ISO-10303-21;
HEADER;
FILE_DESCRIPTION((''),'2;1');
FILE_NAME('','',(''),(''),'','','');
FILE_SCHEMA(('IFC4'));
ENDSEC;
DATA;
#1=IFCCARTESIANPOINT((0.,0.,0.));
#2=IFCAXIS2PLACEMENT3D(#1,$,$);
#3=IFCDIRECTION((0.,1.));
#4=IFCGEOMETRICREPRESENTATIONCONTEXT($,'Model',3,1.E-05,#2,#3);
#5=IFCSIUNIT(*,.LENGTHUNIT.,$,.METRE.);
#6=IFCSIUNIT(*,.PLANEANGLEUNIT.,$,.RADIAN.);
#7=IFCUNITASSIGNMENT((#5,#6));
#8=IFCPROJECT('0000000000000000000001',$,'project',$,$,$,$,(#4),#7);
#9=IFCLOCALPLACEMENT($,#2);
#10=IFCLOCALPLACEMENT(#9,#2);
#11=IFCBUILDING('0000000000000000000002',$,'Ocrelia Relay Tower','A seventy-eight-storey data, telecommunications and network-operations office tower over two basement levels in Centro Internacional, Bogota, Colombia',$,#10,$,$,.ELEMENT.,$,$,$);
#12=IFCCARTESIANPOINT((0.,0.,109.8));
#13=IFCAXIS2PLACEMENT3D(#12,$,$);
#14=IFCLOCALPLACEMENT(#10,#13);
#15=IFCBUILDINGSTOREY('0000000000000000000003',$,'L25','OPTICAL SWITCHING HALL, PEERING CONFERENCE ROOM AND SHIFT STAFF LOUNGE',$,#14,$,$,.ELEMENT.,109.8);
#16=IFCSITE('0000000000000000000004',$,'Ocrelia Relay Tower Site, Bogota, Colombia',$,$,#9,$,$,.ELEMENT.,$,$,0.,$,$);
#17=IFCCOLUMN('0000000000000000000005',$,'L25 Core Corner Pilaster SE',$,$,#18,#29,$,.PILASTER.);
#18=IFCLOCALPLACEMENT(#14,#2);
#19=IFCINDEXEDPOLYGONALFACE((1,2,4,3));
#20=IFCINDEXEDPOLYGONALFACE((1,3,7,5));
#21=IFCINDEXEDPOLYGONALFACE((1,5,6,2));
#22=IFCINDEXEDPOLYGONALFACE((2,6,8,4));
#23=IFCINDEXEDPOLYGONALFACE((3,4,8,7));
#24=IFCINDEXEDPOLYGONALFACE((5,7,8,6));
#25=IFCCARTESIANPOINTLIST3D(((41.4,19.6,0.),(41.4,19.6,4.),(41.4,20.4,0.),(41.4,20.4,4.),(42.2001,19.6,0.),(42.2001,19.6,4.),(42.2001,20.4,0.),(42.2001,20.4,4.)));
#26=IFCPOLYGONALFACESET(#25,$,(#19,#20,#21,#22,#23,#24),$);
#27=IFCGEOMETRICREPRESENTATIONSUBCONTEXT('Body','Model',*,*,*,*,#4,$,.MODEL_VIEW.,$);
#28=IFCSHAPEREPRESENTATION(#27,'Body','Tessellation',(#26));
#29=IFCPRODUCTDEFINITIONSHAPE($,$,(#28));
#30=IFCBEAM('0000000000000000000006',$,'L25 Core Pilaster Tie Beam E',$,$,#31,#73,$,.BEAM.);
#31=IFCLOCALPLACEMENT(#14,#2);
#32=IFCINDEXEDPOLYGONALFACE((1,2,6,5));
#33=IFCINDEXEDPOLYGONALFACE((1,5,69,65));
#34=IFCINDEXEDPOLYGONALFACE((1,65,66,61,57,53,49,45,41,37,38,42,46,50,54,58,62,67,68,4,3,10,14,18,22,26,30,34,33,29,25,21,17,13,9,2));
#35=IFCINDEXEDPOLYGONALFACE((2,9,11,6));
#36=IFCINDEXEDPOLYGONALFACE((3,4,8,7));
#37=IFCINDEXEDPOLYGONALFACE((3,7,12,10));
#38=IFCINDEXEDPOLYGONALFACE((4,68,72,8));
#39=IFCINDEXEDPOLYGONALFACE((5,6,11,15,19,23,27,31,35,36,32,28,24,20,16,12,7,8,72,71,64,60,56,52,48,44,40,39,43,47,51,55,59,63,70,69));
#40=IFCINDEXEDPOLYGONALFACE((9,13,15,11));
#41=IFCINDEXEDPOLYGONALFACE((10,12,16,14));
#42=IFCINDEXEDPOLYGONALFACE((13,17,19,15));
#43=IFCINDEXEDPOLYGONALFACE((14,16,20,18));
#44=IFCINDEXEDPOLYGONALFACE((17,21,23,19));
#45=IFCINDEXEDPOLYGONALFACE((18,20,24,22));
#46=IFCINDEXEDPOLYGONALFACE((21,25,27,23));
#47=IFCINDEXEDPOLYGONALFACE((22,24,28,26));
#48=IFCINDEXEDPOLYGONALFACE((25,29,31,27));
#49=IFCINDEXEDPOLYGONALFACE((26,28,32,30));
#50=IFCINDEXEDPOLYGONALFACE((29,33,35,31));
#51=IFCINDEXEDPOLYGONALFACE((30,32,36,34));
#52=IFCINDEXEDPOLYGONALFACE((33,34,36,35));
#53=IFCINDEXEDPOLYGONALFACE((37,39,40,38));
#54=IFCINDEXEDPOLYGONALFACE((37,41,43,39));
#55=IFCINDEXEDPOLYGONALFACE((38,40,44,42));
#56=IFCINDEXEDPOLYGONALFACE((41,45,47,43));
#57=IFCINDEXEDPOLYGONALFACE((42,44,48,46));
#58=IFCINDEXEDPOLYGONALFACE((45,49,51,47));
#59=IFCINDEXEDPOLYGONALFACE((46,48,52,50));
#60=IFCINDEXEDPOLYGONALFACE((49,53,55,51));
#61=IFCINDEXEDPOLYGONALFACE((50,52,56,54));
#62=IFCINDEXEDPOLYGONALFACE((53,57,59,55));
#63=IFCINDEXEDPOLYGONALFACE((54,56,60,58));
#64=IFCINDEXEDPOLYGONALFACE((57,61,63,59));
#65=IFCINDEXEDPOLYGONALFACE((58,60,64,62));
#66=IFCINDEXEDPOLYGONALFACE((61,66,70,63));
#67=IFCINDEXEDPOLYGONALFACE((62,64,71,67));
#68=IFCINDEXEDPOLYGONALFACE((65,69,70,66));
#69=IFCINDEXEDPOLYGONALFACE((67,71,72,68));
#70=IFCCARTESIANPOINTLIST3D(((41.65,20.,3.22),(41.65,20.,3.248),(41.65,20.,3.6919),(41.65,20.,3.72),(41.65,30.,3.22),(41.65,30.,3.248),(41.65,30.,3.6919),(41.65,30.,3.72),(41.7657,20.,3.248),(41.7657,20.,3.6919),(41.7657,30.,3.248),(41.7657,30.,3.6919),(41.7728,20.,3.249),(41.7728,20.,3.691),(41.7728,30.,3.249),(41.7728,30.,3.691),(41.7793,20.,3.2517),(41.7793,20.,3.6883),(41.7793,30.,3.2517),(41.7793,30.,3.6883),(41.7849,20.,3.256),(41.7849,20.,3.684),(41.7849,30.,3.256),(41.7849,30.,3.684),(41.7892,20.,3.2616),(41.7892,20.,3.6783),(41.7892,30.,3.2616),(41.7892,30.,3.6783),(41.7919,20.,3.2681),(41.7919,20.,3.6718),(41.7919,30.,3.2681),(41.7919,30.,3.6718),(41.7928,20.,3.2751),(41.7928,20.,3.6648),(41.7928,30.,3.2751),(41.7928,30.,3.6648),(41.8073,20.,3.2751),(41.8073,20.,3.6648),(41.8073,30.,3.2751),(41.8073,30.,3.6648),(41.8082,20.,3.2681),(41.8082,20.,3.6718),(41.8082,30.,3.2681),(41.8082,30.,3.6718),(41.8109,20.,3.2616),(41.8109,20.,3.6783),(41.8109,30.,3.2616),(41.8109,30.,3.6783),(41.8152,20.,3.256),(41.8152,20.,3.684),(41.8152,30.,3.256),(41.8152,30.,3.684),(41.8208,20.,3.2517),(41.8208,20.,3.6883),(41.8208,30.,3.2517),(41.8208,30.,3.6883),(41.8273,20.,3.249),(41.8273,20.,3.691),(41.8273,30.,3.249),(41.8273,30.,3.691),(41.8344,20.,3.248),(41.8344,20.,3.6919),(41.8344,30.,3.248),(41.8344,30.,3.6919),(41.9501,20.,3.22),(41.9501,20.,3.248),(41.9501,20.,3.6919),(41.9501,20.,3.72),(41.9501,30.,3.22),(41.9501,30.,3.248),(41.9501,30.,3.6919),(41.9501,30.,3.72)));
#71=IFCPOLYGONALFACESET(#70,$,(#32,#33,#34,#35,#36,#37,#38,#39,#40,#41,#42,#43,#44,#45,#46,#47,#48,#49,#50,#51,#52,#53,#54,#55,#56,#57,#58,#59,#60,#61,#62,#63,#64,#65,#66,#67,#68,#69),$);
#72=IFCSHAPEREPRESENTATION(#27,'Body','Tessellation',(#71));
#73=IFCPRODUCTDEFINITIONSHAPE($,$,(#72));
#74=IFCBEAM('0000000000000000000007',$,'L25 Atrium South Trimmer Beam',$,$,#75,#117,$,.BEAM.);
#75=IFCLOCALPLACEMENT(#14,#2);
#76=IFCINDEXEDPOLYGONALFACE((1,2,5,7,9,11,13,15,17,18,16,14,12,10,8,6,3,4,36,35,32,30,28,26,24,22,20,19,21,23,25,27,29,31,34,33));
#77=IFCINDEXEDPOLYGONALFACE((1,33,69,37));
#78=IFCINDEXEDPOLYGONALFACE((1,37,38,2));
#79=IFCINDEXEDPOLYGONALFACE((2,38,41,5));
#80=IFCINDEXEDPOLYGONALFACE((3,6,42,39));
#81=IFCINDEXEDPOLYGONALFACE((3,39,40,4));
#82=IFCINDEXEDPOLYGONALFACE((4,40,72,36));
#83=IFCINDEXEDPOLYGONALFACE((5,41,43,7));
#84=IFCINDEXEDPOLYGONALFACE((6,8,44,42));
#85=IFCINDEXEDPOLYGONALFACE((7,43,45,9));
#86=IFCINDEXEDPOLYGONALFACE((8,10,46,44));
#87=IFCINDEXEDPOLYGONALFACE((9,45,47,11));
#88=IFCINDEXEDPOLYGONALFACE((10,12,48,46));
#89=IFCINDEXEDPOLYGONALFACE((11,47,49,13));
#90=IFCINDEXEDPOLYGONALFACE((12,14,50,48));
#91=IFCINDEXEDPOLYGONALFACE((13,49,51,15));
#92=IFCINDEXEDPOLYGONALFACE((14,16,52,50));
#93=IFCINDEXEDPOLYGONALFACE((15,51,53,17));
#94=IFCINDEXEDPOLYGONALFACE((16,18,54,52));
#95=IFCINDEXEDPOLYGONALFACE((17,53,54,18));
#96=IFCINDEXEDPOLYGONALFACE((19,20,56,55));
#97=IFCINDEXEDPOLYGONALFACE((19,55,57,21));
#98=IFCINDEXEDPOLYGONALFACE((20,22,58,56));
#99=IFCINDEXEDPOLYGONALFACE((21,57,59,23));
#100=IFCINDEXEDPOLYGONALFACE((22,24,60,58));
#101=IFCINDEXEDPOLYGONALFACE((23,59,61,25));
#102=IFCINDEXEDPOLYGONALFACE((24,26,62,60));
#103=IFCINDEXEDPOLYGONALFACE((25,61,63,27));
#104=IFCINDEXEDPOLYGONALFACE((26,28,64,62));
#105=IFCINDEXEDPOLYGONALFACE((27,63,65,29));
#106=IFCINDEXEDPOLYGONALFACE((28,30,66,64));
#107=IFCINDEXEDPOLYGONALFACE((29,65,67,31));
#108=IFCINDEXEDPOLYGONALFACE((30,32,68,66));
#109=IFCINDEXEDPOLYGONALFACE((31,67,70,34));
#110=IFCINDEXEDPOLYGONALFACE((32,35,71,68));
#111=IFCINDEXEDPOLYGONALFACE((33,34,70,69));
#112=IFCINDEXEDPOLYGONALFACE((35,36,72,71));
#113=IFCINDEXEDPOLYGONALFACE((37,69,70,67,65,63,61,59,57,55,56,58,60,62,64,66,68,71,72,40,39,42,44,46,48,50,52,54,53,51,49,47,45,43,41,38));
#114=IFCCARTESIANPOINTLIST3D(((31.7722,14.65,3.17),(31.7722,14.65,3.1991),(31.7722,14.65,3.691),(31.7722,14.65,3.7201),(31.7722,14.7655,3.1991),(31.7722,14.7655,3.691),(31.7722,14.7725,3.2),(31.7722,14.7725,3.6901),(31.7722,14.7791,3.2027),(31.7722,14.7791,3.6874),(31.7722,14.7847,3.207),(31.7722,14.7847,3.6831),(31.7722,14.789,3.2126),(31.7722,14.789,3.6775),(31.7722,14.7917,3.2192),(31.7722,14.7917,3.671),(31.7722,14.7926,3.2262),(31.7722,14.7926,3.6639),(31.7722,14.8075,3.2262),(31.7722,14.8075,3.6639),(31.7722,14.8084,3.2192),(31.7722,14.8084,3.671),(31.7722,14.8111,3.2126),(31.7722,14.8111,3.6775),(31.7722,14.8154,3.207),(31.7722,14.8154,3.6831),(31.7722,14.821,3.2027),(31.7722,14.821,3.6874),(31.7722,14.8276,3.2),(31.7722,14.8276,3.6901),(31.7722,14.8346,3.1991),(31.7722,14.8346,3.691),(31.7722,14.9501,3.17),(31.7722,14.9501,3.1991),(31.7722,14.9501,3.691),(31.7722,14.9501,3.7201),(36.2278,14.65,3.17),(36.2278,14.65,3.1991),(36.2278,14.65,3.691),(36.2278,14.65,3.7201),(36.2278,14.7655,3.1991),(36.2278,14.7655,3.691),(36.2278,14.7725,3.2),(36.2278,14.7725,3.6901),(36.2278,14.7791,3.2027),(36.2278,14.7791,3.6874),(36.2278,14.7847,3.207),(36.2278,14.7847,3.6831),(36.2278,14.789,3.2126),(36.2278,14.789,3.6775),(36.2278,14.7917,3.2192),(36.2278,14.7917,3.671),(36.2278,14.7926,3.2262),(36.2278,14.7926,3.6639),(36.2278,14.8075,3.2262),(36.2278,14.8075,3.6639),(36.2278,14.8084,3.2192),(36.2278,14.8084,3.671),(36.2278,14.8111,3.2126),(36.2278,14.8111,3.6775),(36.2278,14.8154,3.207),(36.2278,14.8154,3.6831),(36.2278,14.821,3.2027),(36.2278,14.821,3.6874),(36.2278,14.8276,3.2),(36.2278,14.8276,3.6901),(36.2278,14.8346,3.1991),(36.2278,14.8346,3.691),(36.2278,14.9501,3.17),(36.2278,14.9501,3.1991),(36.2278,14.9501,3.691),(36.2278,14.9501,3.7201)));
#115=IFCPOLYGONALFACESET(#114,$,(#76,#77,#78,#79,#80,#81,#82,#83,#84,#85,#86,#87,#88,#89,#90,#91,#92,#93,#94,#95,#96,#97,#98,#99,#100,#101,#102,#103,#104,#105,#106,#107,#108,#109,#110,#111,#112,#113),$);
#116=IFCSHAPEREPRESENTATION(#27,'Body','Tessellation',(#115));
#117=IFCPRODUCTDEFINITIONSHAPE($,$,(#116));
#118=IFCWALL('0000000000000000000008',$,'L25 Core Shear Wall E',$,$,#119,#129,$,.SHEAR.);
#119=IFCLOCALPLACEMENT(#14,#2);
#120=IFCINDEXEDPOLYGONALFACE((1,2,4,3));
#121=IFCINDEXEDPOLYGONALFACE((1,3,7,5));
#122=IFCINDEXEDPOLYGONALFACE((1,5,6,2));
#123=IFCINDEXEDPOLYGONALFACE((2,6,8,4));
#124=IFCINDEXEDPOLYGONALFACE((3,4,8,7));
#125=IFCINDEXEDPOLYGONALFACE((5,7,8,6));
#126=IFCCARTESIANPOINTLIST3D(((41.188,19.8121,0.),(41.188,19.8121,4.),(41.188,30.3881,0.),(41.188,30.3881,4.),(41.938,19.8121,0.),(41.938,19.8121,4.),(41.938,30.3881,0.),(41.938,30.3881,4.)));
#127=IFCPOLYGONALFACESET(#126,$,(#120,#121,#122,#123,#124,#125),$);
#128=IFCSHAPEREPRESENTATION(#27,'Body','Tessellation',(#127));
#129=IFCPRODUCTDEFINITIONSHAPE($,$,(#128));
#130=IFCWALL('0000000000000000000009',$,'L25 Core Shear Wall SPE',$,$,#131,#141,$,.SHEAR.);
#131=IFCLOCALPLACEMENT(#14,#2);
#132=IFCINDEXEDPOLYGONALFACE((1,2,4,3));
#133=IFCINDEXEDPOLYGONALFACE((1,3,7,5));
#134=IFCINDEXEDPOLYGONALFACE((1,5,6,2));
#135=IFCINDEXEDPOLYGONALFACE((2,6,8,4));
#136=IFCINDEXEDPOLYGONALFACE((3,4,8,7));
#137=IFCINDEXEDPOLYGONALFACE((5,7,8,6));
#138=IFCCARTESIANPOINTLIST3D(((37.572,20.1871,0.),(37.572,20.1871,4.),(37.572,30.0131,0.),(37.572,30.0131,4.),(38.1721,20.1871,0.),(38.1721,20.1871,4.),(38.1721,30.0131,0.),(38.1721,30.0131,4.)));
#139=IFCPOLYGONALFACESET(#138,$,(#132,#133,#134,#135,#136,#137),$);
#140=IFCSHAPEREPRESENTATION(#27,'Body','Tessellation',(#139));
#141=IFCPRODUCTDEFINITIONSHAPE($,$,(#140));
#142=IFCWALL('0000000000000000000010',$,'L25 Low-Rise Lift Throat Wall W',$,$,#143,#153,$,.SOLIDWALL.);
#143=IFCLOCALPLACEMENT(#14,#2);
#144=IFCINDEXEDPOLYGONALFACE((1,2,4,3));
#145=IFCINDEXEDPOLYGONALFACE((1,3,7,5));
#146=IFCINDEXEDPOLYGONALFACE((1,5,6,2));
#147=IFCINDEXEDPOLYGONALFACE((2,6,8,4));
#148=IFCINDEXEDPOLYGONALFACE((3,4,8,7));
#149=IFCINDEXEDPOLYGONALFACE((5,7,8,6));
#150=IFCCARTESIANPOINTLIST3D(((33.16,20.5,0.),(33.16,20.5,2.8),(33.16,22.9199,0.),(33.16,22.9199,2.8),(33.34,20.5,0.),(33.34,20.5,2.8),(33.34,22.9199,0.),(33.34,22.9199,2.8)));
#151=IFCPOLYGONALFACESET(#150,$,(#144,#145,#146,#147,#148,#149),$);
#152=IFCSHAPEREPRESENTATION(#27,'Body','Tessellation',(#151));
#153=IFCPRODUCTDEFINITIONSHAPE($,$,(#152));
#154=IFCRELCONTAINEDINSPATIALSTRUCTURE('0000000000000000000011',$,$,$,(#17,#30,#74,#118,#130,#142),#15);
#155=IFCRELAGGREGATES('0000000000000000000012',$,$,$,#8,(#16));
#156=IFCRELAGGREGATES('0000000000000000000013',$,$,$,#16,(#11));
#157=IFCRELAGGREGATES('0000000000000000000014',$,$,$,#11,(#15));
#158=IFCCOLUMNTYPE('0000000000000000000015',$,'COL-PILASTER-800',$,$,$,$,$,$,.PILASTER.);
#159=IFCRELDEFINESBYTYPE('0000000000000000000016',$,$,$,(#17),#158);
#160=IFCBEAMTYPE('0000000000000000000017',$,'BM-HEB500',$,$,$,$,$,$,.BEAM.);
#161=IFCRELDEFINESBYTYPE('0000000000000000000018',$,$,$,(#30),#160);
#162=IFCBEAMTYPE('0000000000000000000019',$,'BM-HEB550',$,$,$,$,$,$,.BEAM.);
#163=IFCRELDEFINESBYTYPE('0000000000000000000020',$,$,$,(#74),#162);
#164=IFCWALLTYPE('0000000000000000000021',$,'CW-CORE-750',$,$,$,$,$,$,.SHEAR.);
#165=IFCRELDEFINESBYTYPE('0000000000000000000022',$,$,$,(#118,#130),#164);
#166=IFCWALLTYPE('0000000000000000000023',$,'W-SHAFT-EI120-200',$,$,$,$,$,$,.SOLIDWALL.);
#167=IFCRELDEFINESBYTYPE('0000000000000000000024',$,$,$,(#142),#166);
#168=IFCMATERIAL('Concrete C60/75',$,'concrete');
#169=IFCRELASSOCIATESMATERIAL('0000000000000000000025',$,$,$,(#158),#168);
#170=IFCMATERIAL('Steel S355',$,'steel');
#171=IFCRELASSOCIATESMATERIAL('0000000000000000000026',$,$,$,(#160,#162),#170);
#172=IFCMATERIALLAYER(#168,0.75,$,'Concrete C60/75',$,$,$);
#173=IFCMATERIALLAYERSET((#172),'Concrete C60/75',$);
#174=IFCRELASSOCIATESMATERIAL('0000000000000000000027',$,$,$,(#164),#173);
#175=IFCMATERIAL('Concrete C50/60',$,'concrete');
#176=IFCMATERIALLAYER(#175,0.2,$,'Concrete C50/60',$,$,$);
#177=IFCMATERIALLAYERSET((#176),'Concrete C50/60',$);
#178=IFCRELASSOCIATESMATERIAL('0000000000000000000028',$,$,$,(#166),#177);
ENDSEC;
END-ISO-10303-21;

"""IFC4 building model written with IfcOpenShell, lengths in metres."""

from ifc_helpers import new_model, si_unit, direction, frame, frame_2d, origin, origin_2d, place, context, subcontext, project, spatial, rectangle, i_section, extrude, material, layer, layer_set, material_profile, profile_set, type_object, element, save


model = new_model("IFC4")

# Units and contexts
model_context = context("Model", 3, precision=1e-05, world=origin(), true_north=direction((0.0, 1.0)))
body_context = subcontext(model_context, "Body", "Model", "MODEL_VIEW")
ifc_project = project(units=[si_unit("LENGTHUNIT", "METRE"), si_unit("PLANEANGLEUNIT", "RADIAN")], contexts=[model_context])

# Site, building, storey
site_placement = place(None, origin())
site = spatial("IfcSite", under=ifc_project, at=site_placement, Name="Ocrelia Relay Tower Site, Bogota, Colombia", CompositionType="ELEMENT", RefElevation=0.0)
building_placement = place(site_placement, origin())
building = spatial("IfcBuilding", under=site, at=building_placement, Name="Ocrelia Relay Tower", Description="A seventy-eight-storey data, telecommunications and network-operations office tower over two basement levels in Centro Internacional, Bogota, Colombia", CompositionType="ELEMENT")
storey_placement = place(building_placement, frame((0.0, 0.0, 109.8)))
storey = spatial("IfcBuildingStorey", under=building, at=storey_placement, Name="L25", Description="OPTICAL SWITCHING HALL, PEERING CONFERENCE ROOM AND SHIFT STAFF LOUNGE", CompositionType="ELEMENT", Elevation=109.8)

# Column
ifc_material_1 = material(Name="Concrete C60/75", Category="concrete")
ifc_material_profile_1 = material_profile(ifc_material_1, rectangle(XDim=0.8, YDim=0.8, at=origin_2d()), Name="RC-COL-800x800")
ifc_profile_set_1 = profile_set([ifc_material_profile_1], Name="Concrete C60/75")
column_type = type_object("IfcColumnType", Name="COL-PILASTER-800", PredefinedType="PILASTER", material=ifc_profile_set_1)
column_placement = place(storey_placement, frame((41.8, 20.0, 0.0), z_axis=(0.0, 0.0, 1.0), x_axis=(1.0, 0.0, 0.0)))
element("IfcColumn", 1, at=column_placement, inside=storey, type_object=column_type, Name="L25 Core Corner Pilaster SE", PredefinedType="PILASTER", context=body_context, shape_type="SweptSolid", body=[
    extrude(rectangle(XDim=0.8, YDim=0.8, at=origin_2d()), origin(), (0.0, 0.0, 1.0), 4.0),
])

# Beams
ifc_material_2 = material(Name="Steel S355", Category="steel")
ifc_material_profile_2 = material_profile(ifc_material_2, i_section(OverallWidth=0.3, OverallDepth=0.5, WebThickness=0.0144, FlangeThickness=0.0281, FilletRadius=0.0271, at=origin_2d()), Name="HEB 500")
ifc_profile_set_2 = profile_set([ifc_material_profile_2], Name="Steel S355")
beam_type_1 = type_object("IfcBeamType", Name="BM-HEB500", PredefinedType="BEAM", material=ifc_profile_set_2)
beam_1_placement = place(storey_placement, frame((41.8, 20.0, 3.47), z_axis=(0.0, 1.0, 0.0), x_axis=(-1.0, 0.0, 0.0)))
element("IfcBeam", 2, at=beam_1_placement, inside=storey, type_object=beam_type_1, Name="L25 Core Pilaster Tie Beam E", PredefinedType="BEAM", context=body_context, shape_type="SweptSolid", body=[
    extrude(i_section(OverallWidth=0.3, OverallDepth=0.5, WebThickness=0.0144, FlangeThickness=0.0281, FilletRadius=0.0271, at=origin_2d()), origin(), (0.0, 0.0, 1.0), 10.0),
])
ifc_material_profile_3 = material_profile(ifc_material_2, i_section(OverallWidth=0.3, OverallDepth=0.55, WebThickness=0.0149, FlangeThickness=0.0291, FilletRadius=0.0271, at=origin_2d()), Name="HEB 550")
ifc_profile_set_3 = profile_set([ifc_material_profile_3], Name="Steel S355")
beam_type_2 = type_object("IfcBeamType", Name="BM-HEB550", PredefinedType="BEAM", material=ifc_profile_set_3)
beam_2_placement = place(storey_placement, frame((31.7722, 14.8, 3.4451), z_axis=(1.0, 0.0, 0.0), x_axis=(0.0, 1.0, 0.0)))
element("IfcBeam", 3, at=beam_2_placement, inside=storey, type_object=beam_type_2, Name="L25 Atrium South Trimmer Beam", PredefinedType="BEAM", context=body_context, shape_type="SweptSolid", body=[
    extrude(i_section(OverallWidth=0.3, OverallDepth=0.55, WebThickness=0.0149, FlangeThickness=0.0291, FilletRadius=0.0271, at=origin_2d()), origin(), (0.0, 0.0, 1.0), 4.4556),
])

# Walls
ifc_layer_1 = layer(ifc_material_1, 0.75, Name="Concrete C60/75")
ifc_layer_set_1 = layer_set([ifc_layer_1], Name="Concrete C60/75")
wall_type_1 = type_object("IfcWallType", Name="CW-CORE-750", PredefinedType="SHEAR", material=ifc_layer_set_1)
wall_1_placement = place(storey_placement, frame((41.563, 19.812, 0.0), z_axis=(0.0, 0.0, 1.0), x_axis=(0.0, 1.0, 0.0)))
element("IfcWall", 4, at=wall_1_placement, inside=storey, type_object=wall_type_1, Name="L25 Core Shear Wall E", PredefinedType="SHEAR", context=body_context, shape_type="SweptSolid", body=[
    extrude(rectangle(XDim=10.5759, YDim=0.75, at=frame_2d((5.2881, 0.0))), origin(), (0.0, 0.0, 1.0), 4.0),
])
wall_2_placement = place(storey_placement, frame((37.8721, 20.187, 0.0), z_axis=(0.0, 0.0, 1.0), x_axis=(0.0, 1.0, 0.0)))
element("IfcWall", 5, at=wall_2_placement, inside=storey, type_object=wall_type_1, Name="L25 Core Shear Wall SPE", PredefinedType="SHEAR", context=body_context, shape_type="SweptSolid", body=[
    extrude(rectangle(XDim=9.8259, YDim=0.6001, at=frame_2d((4.9131, 0.0))), origin(), (0.0, 0.0, 1.0), 4.0),
])
ifc_material_3 = material(Name="Concrete C50/60", Category="concrete")
ifc_layer_2 = layer(ifc_material_3, 0.2, Name="Concrete C50/60")
ifc_layer_set_2 = layer_set([ifc_layer_2], Name="Concrete C50/60")
wall_type_2 = type_object("IfcWallType", Name="W-SHAFT-EI120-200", PredefinedType="SOLIDWALL", material=ifc_layer_set_2)
wall_3_placement = place(storey_placement, frame((33.25, 20.5, 0.0), z_axis=(0.0, 0.0, 1.0), x_axis=(0.0, 1.0, 0.0)))
element("IfcWall", 6, at=wall_3_placement, inside=storey, type_object=wall_type_2, Name="L25 Low-Rise Lift Throat Wall W", PredefinedType="SOLIDWALL", context=body_context, shape_type="SweptSolid", body=[
    extrude(rectangle(XDim=2.4199, YDim=0.1799, at=frame_2d((1.21, 0.0))), origin(), (0.0, 0.0, 1.0), 2.8),
])

save(model, "model.ifc")
